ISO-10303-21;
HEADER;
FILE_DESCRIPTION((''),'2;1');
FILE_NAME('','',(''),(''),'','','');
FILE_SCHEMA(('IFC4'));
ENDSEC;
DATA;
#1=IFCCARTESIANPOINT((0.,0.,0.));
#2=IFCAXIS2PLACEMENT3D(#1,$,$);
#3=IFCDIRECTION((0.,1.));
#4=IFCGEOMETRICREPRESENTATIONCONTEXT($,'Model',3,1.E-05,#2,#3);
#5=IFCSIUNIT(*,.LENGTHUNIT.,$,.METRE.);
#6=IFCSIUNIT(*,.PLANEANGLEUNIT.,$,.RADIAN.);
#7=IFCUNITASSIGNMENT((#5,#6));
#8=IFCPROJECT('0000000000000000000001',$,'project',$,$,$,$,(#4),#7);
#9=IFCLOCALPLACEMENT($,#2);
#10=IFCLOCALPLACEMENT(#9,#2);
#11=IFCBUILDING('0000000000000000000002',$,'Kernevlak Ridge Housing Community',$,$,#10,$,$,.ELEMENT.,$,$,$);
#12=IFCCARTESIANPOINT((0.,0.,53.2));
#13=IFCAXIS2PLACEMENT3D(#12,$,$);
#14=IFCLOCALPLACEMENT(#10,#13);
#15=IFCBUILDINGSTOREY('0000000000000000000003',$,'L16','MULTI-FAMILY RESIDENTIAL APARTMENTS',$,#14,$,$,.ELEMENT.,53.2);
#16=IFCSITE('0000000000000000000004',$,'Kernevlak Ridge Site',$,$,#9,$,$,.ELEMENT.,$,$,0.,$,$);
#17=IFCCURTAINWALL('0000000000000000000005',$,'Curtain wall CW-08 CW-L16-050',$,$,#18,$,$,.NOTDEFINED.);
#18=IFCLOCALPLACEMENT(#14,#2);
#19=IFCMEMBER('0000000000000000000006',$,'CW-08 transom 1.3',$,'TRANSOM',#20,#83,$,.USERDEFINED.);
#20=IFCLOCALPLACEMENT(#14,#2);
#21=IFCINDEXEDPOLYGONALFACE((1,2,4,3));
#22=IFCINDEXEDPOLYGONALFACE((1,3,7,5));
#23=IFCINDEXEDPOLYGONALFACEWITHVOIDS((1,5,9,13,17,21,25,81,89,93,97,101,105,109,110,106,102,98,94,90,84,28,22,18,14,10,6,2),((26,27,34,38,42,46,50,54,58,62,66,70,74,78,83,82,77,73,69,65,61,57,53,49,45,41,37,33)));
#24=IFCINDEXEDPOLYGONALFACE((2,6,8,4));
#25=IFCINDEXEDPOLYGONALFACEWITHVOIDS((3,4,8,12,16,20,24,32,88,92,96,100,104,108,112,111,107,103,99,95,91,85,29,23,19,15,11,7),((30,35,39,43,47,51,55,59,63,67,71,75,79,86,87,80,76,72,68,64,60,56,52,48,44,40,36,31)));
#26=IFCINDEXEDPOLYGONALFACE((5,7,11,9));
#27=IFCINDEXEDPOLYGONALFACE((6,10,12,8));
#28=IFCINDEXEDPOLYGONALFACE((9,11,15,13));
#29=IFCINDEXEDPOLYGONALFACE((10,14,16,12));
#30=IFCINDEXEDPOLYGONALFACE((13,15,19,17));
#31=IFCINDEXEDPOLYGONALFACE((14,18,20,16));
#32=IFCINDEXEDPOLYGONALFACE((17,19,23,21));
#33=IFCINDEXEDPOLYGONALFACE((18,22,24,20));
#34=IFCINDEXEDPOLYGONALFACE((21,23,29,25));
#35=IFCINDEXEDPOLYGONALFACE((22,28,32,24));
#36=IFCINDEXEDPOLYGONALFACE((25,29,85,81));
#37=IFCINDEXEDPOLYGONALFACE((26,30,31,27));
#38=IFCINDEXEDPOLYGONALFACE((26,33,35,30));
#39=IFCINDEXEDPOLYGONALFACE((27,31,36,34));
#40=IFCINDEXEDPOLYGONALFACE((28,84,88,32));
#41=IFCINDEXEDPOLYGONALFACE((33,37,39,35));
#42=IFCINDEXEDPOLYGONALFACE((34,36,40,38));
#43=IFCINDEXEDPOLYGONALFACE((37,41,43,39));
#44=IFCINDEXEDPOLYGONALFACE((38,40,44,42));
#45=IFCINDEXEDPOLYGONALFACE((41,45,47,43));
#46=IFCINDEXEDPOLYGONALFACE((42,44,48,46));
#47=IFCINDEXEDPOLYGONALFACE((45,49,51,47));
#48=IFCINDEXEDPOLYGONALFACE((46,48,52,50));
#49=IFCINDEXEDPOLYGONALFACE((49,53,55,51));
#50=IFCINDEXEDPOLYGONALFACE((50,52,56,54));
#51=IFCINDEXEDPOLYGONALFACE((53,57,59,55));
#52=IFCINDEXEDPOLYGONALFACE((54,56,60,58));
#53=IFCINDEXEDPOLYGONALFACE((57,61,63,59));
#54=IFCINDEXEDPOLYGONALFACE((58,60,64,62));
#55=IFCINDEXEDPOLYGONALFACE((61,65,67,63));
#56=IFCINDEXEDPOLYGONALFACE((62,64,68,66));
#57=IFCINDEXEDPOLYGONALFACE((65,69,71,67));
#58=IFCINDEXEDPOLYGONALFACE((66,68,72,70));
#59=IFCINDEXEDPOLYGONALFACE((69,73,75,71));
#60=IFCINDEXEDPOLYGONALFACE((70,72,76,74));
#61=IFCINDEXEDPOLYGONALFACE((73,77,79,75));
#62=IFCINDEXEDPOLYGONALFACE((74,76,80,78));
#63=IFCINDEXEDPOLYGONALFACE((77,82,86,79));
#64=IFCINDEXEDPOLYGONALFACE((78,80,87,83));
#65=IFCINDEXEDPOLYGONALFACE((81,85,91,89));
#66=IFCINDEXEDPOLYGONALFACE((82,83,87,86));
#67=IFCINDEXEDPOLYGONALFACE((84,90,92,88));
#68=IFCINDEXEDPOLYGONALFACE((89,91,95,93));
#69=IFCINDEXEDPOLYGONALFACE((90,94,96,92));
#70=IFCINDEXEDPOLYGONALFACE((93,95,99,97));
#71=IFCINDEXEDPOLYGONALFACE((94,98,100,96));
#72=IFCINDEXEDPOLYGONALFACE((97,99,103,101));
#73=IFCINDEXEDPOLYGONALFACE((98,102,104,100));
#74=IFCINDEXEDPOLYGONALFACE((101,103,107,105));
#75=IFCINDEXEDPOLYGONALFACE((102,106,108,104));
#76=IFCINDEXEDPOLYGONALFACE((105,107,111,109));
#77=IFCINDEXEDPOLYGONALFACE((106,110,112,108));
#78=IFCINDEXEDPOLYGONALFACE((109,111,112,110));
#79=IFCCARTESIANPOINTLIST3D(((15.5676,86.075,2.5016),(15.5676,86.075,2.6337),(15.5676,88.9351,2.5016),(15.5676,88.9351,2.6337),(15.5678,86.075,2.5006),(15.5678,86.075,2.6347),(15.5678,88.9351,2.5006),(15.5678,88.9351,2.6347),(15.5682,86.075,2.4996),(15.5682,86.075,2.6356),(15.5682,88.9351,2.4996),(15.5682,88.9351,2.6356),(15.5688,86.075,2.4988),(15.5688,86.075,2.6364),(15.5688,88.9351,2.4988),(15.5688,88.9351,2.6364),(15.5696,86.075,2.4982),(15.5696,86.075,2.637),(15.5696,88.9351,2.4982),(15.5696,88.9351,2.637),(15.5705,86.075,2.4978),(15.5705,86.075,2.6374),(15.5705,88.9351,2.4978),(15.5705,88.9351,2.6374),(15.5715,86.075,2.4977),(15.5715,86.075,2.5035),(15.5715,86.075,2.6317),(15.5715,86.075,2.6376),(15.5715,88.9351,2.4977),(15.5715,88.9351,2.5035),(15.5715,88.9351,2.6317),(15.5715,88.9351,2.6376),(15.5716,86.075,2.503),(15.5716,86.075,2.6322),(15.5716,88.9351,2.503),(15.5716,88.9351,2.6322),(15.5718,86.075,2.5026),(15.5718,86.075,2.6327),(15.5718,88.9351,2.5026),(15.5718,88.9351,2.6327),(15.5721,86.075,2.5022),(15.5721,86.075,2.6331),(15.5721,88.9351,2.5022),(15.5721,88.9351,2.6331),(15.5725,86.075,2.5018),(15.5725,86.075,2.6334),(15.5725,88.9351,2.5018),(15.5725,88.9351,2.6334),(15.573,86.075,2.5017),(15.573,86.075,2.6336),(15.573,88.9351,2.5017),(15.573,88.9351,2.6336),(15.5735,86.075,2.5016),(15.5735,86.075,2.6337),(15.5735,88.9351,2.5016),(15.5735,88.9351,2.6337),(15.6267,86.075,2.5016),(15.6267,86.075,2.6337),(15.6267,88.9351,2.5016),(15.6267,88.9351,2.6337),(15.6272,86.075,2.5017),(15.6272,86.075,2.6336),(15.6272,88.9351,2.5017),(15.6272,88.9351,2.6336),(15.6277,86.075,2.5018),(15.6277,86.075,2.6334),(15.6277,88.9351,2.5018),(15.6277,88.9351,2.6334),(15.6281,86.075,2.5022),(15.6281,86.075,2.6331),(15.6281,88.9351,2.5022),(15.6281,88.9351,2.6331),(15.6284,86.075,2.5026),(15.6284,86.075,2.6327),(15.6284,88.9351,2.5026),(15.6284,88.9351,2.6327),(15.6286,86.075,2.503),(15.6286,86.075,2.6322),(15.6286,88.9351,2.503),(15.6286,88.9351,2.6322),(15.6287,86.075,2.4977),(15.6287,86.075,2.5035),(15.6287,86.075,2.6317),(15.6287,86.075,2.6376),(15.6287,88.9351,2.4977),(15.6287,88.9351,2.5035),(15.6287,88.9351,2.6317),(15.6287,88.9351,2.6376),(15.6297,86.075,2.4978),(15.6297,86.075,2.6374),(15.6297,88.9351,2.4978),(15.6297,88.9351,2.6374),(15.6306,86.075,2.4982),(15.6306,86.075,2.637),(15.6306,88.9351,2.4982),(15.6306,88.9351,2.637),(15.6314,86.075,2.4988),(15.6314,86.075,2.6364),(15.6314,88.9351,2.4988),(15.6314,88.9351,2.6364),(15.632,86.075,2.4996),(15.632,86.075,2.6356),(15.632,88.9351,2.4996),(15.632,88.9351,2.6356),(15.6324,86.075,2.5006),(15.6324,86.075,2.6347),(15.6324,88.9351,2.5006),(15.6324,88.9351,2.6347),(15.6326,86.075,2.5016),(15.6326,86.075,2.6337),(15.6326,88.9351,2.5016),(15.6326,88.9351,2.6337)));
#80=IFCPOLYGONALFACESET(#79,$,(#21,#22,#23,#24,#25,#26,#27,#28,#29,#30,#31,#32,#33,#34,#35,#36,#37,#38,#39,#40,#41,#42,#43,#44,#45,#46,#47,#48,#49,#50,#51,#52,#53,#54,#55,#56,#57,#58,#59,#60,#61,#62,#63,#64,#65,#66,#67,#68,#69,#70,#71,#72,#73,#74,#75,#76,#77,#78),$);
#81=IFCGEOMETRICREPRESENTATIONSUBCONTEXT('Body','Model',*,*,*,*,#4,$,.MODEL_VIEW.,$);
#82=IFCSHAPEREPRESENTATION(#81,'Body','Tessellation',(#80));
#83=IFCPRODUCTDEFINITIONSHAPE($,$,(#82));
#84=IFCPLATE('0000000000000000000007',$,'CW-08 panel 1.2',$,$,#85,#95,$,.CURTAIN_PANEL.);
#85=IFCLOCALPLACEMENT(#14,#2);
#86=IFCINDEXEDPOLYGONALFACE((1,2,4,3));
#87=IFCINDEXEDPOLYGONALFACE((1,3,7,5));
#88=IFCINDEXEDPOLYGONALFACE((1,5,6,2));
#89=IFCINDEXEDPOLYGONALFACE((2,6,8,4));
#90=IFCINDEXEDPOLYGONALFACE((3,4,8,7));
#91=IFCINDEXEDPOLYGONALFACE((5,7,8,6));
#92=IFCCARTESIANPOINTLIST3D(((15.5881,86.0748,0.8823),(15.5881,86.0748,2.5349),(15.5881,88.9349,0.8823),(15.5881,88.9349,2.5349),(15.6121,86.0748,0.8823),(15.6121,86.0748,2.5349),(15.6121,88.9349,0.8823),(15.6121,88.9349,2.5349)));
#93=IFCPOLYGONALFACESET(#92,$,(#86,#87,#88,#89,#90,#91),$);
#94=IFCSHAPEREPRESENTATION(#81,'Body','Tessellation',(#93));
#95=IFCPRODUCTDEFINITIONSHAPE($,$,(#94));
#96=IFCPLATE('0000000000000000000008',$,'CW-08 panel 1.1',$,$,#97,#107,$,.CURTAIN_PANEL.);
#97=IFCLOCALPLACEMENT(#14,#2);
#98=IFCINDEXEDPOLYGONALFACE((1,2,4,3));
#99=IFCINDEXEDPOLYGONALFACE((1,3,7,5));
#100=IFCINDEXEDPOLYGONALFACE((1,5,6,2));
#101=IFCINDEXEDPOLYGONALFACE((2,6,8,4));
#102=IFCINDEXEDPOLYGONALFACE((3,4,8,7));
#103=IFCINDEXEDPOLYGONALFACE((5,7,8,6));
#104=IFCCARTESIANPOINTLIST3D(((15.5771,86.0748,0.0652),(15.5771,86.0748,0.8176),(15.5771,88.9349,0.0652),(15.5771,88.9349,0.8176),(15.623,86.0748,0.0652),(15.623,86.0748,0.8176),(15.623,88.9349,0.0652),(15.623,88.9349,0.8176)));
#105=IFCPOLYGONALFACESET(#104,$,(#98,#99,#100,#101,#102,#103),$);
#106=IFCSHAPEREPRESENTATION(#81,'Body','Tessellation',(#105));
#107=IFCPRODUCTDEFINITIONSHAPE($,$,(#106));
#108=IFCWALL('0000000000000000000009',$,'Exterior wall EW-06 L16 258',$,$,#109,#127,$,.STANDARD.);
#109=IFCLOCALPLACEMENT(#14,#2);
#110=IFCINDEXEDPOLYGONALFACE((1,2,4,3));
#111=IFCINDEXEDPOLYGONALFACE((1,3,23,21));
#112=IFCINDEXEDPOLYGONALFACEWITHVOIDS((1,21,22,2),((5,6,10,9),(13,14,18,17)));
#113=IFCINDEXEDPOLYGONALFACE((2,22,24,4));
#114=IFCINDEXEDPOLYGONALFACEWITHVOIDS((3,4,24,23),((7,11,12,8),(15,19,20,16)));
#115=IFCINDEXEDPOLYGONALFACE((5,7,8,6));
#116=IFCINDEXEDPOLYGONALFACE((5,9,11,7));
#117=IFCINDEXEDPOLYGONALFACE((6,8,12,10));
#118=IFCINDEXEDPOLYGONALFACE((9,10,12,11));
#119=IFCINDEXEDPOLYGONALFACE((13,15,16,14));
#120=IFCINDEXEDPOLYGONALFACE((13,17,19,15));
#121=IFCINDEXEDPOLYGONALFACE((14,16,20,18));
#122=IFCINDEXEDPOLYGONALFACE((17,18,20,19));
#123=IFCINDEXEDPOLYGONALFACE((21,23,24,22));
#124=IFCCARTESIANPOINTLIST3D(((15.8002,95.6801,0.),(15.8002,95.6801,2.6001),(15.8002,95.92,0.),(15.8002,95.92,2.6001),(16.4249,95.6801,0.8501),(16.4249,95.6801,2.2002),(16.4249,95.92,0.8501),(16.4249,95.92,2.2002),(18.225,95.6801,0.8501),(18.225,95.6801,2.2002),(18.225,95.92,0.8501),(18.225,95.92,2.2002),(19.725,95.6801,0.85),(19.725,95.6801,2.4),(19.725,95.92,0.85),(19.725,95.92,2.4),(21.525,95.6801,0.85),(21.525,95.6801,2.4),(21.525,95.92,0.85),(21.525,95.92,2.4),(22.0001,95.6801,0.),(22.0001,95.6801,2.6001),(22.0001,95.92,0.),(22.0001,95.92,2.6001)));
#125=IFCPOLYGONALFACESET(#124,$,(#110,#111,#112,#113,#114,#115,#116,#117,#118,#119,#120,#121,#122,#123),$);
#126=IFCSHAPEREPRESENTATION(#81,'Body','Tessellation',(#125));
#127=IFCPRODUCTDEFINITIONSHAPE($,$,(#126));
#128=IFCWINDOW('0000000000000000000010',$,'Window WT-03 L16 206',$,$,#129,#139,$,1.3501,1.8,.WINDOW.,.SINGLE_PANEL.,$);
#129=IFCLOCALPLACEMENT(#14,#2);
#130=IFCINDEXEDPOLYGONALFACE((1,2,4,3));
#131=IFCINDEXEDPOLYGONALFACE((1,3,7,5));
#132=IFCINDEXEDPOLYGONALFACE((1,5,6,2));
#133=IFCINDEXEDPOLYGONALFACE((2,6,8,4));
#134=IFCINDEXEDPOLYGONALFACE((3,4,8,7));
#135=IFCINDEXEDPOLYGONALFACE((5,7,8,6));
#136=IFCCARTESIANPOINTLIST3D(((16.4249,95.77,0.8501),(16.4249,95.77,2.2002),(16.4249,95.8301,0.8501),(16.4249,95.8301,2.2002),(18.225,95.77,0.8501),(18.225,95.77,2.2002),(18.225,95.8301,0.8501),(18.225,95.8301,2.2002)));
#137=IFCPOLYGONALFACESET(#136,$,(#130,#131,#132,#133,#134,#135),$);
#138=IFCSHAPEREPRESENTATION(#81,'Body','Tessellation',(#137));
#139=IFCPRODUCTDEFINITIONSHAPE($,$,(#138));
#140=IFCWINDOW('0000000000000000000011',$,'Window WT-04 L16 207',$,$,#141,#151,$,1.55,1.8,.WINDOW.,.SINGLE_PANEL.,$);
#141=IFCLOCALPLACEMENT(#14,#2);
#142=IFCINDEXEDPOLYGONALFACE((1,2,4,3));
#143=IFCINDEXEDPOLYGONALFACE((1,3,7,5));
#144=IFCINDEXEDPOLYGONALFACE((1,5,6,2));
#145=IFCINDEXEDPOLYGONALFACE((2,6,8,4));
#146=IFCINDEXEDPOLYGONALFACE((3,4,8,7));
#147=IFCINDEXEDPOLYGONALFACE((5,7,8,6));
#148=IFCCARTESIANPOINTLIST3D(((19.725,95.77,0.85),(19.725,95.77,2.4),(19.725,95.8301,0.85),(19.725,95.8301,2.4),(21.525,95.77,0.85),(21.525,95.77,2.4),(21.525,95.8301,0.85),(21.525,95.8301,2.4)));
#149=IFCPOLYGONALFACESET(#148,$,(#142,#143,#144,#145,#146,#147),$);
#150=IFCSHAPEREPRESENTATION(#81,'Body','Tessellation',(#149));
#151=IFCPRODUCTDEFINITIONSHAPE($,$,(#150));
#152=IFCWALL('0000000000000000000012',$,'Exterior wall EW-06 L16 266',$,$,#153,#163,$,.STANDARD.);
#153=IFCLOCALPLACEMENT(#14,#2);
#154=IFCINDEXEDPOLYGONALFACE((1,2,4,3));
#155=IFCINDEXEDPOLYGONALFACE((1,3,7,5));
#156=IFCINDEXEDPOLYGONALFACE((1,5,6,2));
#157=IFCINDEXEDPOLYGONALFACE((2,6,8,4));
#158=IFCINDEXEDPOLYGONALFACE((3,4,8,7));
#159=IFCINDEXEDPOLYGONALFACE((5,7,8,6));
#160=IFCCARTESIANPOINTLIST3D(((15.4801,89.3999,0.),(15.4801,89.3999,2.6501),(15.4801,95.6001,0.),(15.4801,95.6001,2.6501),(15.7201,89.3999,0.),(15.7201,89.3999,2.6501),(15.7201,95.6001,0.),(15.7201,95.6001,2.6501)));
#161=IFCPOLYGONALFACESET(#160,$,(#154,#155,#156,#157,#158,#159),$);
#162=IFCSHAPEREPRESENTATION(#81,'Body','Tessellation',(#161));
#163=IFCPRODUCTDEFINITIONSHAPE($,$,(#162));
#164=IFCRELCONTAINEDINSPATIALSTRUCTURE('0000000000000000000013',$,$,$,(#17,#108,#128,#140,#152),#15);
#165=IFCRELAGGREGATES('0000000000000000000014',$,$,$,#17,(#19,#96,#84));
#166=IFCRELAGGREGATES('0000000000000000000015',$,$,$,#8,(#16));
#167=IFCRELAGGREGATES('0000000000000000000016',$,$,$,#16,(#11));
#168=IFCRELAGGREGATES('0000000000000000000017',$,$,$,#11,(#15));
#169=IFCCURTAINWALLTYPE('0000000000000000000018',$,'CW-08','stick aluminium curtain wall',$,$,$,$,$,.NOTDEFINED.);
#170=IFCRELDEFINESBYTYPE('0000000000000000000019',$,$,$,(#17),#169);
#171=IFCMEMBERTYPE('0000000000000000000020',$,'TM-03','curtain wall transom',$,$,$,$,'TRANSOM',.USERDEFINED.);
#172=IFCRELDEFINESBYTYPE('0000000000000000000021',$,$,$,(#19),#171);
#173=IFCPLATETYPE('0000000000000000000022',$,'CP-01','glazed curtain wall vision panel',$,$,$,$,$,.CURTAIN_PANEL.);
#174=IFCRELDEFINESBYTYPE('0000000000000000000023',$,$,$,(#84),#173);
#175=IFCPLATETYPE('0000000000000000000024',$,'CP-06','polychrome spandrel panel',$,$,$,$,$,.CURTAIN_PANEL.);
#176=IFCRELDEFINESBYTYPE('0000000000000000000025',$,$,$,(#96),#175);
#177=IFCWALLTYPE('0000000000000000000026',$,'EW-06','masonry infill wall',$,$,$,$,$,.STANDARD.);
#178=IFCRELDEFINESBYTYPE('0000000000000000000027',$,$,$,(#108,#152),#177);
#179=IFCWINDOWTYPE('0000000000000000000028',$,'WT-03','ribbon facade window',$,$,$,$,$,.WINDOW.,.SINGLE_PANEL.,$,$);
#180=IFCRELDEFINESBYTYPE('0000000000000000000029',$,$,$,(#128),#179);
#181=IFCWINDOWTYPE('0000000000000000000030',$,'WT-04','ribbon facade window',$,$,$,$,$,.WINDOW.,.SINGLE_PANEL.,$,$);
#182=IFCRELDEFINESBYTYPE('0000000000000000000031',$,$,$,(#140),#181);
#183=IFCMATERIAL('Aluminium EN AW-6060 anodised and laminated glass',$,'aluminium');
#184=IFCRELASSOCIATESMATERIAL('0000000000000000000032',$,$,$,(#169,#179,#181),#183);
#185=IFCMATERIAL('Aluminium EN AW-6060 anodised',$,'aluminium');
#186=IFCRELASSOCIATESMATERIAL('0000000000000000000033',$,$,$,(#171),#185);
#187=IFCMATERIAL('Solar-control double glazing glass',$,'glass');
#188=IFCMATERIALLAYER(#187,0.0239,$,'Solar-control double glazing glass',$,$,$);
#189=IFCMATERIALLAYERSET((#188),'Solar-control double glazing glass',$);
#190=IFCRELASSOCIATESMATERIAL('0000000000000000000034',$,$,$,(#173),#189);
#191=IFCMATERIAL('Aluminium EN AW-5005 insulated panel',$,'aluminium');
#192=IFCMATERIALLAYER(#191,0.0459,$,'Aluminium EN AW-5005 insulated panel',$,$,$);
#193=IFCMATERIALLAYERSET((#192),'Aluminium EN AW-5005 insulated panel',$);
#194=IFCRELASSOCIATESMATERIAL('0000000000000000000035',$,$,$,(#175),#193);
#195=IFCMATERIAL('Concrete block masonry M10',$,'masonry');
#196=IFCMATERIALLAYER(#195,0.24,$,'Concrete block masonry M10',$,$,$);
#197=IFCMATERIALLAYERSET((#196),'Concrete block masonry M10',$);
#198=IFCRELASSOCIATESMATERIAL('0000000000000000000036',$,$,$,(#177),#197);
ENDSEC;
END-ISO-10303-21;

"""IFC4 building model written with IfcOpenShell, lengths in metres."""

from ifc_helpers import new_model, si_unit, direction, frame, frame_2d, origin, origin_2d, place, context, subcontext, project, spatial, rectangle, hollow_rectangle, extrude, material, layer, layer_set, material_profile, profile_set, type_object, element, fill, aggregate, save


model = new_model("IFC4")

# Units and contexts
model_context = context("Model", 3, precision=1e-05, world=origin(), true_north=direction((0.0, 1.0)))
body_context = subcontext(model_context, "Body", "Model", "MODEL_VIEW")
ifc_project = project(units=[si_unit("LENGTHUNIT", "METRE"), si_unit("PLANEANGLEUNIT", "RADIAN")], contexts=[model_context])

# Site, building, storey
site_placement = place(None, origin())
site = spatial("IfcSite", under=ifc_project, at=site_placement, Name="Kernevlak Ridge Site", CompositionType="ELEMENT", RefElevation=0.0)
building_placement = place(site_placement, origin())
building = spatial("IfcBuilding", under=site, at=building_placement, Name="Kernevlak Ridge Housing Community", CompositionType="ELEMENT")
storey_placement = place(building_placement, frame((0.0, 0.0, 53.2)))
storey = spatial("IfcBuildingStorey", under=building, at=storey_placement, Name="L16", Description="MULTI-FAMILY RESIDENTIAL APARTMENTS", CompositionType="ELEMENT", Elevation=53.2)

# Curtain wall
ifc_material_1 = material(Name="Aluminium EN AW-6060 anodised and laminated glass", Category="aluminium")
curtain_wall_type = type_object("IfcCurtainWallType", Name="CW-08", Description="stick aluminium curtain wall", PredefinedType="NOTDEFINED", material=ifc_material_1)
curtain_wall_placement = place(storey_placement, origin())
curtain_wall = element("IfcCurtainWall", 1, at=curtain_wall_placement, inside=storey, type_object=curtain_wall_type, Name="Curtain wall CW-08 CW-L16-050", PredefinedType="NOTDEFINED")
ifc_material_2 = material(Name="Aluminium EN AW-6060 anodised", Category="aluminium")

# Member
ifc_material_profile_1 = material_profile(ifc_material_2, hollow_rectangle(XDim=0.0649, YDim=0.1399, WallThickness=0.0039, InnerFilletRadius=0.002, OuterFilletRadius=0.0039, at=origin_2d()), Name="ALU 65x140x4")
ifc_profile_set_1 = profile_set([ifc_material_profile_1], Name="Aluminium EN AW-6060 anodised")
member_type_1 = type_object("IfcMemberType", Name="TM-03", Description="curtain wall transom", ElementType="TRANSOM", PredefinedType="USERDEFINED", material=ifc_profile_set_1)
member_1_placement = place(storey_placement, frame((15.6001, 86.075, 2.5676), z_axis=(0.0, 1.0, 0.0), x_axis=(-1.0, 0.0, 0.0)))
member_1 = element("IfcMember", 2, at=member_1_placement, type_object=member_type_1, Name="CW-08 transom 1.3", ObjectType="TRANSOM", PredefinedType="USERDEFINED", context=body_context, shape_type="SweptSolid", body=[
    extrude(hollow_rectangle(XDim=0.0649, YDim=0.1399, WallThickness=0.0039, InnerFilletRadius=0.002, OuterFilletRadius=0.0039, at=origin_2d()), origin(), (0.0, 0.0, 1.0), 2.8601),
])

# Plates
ifc_material_3 = material(Name="Solar-control double glazing glass", Category="glass")
ifc_layer_1 = layer(ifc_material_3, 0.0239, Name="Solar-control double glazing glass")
ifc_layer_set_1 = layer_set([ifc_layer_1], Name="Solar-control double glazing glass")
plate_type_1 = type_object("IfcPlateType", Name="CP-01", Description="glazed curtain wall vision panel", PredefinedType="CURTAIN_PANEL", material=ifc_layer_set_1)
plate_1_placement = place(storey_placement, frame((15.6001, 87.5049, 0.8823), z_axis=(0.0, 0.0, 1.0), x_axis=(0.0, 1.0, 0.0)))
plate_1 = element("IfcPlate", 3, at=plate_1_placement, type_object=plate_type_1, Name="CW-08 panel 1.2", PredefinedType="CURTAIN_PANEL", context=body_context, shape_type="SweptSolid", body=[
    extrude(rectangle(XDim=2.8601, YDim=0.0239, at=origin_2d()), origin(), (0.0, 0.0, 1.0), 1.6526),
])
ifc_material_4 = material(Name="Aluminium EN AW-5005 insulated panel", Category="aluminium")
ifc_layer_2 = layer(ifc_material_4, 0.0459, Name="Aluminium EN AW-5005 insulated panel")
ifc_layer_set_2 = layer_set([ifc_layer_2], Name="Aluminium EN AW-5005 insulated panel")
plate_type_2 = type_object("IfcPlateType", Name="CP-06", Description="polychrome spandrel panel", PredefinedType="CURTAIN_PANEL", material=ifc_layer_set_2)
plate_2_placement = place(storey_placement, frame((15.6001, 87.5049, 0.0652), z_axis=(0.0, 0.0, 1.0), x_axis=(0.0, 1.0, 0.0)))
plate_2 = element("IfcPlate", 4, at=plate_2_placement, type_object=plate_type_2, Name="CW-08 panel 1.1", PredefinedType="CURTAIN_PANEL", context=body_context, shape_type="SweptSolid", body=[
    extrude(rectangle(XDim=2.8601, YDim=0.0459, at=origin_2d()), origin(), (0.0, 0.0, 1.0), 0.7524),
])
aggregate(curtain_wall, [member_1, plate_2, plate_1])

# Wall, openings, windows
ifc_material_5 = material(Name="Concrete block masonry M10", Category="masonry")
ifc_layer_3 = layer(ifc_material_5, 0.24, Name="Concrete block masonry M10")
ifc_layer_set_3 = layer_set([ifc_layer_3], Name="Concrete block masonry M10")
wall_type_1 = type_object("IfcWallType", Name="EW-06", Description="masonry infill wall", PredefinedType="STANDARD", material=ifc_layer_set_3)
wall_1_placement = place(storey_placement, frame((15.8, 95.8, 0.0), z_axis=(0.0, 0.0, 1.0), x_axis=(1.0, 0.0, 0.0)))
wall_1 = element("IfcWall", 5, at=wall_1_placement, inside=storey, type_object=wall_type_1, Name="Exterior wall EW-06 L16 258", PredefinedType="STANDARD", context=body_context, shape_type="SweptSolid", body=[
    extrude(rectangle(XDim=6.2, YDim=0.24, at=frame_2d((3.1001, 0.0))), origin(), (0.0, 0.0, 1.0), 2.6001),
])
opening_1_placement = place(wall_1_placement, frame((0.625, 0.0, 0.8501)))
opening_1 = element("IfcOpeningElement", 6, at=opening_1_placement, cuts=wall_1, PredefinedType="OPENING", context=body_context, shape_type="SweptSolid", body=[
    extrude(rectangle(XDim=1.8, YDim=1.3501, at=frame_2d((0.8999, 0.675))), frame((0.0, 0.1299, 0.0), z_axis=(0.0, -1.0, 0.0), x_axis=(1.0, 0.0, 0.0)), (0.0, 0.0, 1.0), 0.26),
])
opening_2_placement = place(wall_1_placement, frame((3.925, 0.0, 0.8501)))
opening_2 = element("IfcOpeningElement", 7, at=opening_2_placement, cuts=wall_1, PredefinedType="OPENING", context=body_context, shape_type="SweptSolid", body=[
    extrude(rectangle(XDim=1.8, YDim=1.55, at=frame_2d((0.8999, 0.7749))), frame((0.0, 0.1299, 0.0), z_axis=(0.0, -1.0, 0.0), x_axis=(1.0, 0.0, 0.0)), (0.0, 0.0, 1.0), 0.26),
])
window_type_1 = type_object("IfcWindowType", Name="WT-03", Description="ribbon facade window", PartitioningType="SINGLE_PANEL", PredefinedType="WINDOW", material=ifc_material_1)
window_1_placement = place(opening_1_placement, origin())
window_1 = element("IfcWindow", 8, at=window_1_placement, inside=storey, type_object=window_type_1, Name="Window WT-03 L16 206", OverallHeight=1.3501, OverallWidth=1.8, PartitioningType="SINGLE_PANEL", PredefinedType="WINDOW", context=body_context, shape_type="SweptSolid", body=[
    extrude(rectangle(XDim=1.8, YDim=1.3501, at=frame_2d((0.8999, 0.675))), frame((0.0, 0.03, 0.0), z_axis=(0.0, -1.0, 0.0), x_axis=(1.0, 0.0, 0.0)), (0.0, 0.0, 1.0), 0.0601),
])
fill(opening_1, window_1)
window_type_2 = type_object("IfcWindowType", Name="WT-04", Description="ribbon facade window", PartitioningType="SINGLE_PANEL", PredefinedType="WINDOW", material=ifc_material_1)
window_2_placement = place(opening_2_placement, origin())
window_2 = element("IfcWindow", 9, at=window_2_placement, inside=storey, type_object=window_type_2, Name="Window WT-04 L16 207", OverallHeight=1.55, OverallWidth=1.8, PartitioningType="SINGLE_PANEL", PredefinedType="WINDOW", context=body_context, shape_type="SweptSolid", body=[
    extrude(rectangle(XDim=1.8, YDim=1.55, at=frame_2d((0.8999, 0.7749))), frame((0.0, 0.03, 0.0), z_axis=(0.0, -1.0, 0.0), x_axis=(1.0, 0.0, 0.0)), (0.0, 0.0, 1.0), 0.0601),
])
fill(opening_2, window_2)

# Wall
wall_2_placement = place(storey_placement, frame((15.6001, 89.3999, 0.0), z_axis=(0.0, 0.0, 1.0), x_axis=(0.0, 1.0, 0.0)))
element("IfcWall", 10, at=wall_2_placement, inside=storey, type_object=wall_type_1, Name="Exterior wall EW-06 L16 266", PredefinedType="STANDARD", context=body_context, shape_type="SweptSolid", body=[
    extrude(rectangle(XDim=6.2002, YDim=0.24, at=frame_2d((3.1001, 0.0))), origin(), (0.0, 0.0, 1.0), 2.6501),
])

save(model, "model.ifc")
